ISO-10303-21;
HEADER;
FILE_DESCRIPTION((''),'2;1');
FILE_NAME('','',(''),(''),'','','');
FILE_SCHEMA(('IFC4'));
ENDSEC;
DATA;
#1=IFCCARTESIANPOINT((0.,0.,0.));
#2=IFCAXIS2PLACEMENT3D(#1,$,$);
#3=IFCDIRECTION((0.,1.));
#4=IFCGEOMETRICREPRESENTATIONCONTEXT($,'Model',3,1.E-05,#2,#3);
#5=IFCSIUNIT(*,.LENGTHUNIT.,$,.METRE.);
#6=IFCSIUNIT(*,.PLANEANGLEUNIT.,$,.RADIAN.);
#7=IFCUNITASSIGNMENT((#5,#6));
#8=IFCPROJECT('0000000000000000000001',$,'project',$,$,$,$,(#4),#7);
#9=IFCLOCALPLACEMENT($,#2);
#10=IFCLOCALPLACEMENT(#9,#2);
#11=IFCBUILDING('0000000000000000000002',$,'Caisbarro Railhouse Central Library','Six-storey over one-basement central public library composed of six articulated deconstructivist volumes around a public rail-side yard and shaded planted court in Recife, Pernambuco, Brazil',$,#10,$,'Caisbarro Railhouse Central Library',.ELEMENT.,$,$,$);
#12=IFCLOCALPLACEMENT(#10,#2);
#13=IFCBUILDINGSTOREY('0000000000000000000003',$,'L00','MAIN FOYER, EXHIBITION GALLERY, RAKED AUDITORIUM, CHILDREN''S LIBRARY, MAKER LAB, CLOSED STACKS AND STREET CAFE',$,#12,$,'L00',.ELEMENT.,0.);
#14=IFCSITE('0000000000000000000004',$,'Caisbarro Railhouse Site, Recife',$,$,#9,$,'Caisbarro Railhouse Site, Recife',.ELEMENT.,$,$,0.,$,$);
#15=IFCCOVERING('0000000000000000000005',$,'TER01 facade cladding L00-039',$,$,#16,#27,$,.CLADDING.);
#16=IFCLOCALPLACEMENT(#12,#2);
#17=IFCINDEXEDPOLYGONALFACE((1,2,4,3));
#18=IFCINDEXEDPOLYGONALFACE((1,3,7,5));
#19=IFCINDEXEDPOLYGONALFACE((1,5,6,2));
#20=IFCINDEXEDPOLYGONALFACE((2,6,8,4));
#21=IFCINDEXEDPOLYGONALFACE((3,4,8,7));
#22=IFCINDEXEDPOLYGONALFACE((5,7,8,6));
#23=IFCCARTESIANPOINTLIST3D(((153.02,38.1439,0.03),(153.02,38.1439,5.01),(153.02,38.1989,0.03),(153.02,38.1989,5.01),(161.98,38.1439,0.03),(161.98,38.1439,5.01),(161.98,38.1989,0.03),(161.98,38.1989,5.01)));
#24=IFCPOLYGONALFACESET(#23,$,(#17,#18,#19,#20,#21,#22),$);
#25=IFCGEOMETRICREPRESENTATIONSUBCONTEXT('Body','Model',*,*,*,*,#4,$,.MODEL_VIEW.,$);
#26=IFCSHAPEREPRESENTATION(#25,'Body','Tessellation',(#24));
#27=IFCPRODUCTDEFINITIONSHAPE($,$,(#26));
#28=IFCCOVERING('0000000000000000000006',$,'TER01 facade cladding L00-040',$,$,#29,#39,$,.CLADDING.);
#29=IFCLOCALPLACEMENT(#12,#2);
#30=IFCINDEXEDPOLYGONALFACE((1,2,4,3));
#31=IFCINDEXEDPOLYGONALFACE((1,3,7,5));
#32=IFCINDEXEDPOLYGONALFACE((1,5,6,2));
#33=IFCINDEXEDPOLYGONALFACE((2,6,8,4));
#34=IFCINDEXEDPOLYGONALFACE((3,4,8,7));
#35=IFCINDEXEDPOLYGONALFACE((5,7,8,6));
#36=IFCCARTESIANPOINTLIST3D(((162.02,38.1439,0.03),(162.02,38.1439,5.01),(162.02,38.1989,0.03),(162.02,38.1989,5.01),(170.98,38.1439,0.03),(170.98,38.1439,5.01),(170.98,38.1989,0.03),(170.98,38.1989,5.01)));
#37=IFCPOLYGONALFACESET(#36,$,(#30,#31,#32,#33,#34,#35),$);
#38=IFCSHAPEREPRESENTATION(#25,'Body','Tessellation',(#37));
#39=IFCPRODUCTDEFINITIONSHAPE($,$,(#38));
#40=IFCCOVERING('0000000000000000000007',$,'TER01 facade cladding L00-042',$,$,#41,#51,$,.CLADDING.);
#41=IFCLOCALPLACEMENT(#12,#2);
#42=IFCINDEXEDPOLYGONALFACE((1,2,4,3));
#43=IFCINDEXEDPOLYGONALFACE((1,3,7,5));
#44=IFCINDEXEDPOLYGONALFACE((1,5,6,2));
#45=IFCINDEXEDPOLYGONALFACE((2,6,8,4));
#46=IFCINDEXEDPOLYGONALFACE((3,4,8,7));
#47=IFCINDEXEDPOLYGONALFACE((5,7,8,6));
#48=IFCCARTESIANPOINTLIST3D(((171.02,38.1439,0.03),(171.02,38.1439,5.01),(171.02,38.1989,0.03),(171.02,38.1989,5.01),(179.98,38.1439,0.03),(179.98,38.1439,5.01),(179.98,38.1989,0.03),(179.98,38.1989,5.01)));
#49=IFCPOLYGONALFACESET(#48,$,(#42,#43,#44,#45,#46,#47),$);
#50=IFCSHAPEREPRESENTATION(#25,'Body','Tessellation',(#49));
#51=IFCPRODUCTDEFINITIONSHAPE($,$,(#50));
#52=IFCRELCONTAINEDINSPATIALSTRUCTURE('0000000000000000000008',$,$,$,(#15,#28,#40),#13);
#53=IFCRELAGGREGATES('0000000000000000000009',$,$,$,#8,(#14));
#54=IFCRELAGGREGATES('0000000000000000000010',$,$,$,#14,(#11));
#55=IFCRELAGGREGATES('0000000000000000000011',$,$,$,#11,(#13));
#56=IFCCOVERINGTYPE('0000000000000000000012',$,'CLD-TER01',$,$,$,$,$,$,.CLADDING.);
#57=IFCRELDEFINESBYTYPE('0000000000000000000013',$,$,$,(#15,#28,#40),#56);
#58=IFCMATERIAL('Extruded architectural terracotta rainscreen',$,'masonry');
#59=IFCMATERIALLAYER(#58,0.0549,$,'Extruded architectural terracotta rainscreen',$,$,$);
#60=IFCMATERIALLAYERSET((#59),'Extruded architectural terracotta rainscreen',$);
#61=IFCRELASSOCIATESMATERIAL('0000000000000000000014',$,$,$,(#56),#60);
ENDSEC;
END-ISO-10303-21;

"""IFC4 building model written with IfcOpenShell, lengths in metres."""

from ifc_helpers import new_model, si_unit, direction, frame, origin, origin_2d, place, context, subcontext, project, spatial, rectangle, extrude, material, layer, layer_set, type_object, element, save


model = new_model("IFC4")

# Units and contexts
model_context = context("Model", 3, precision=1e-05, world=origin(), true_north=direction((0.0, 1.0)))
body_context = subcontext(model_context, "Body", "Model", "MODEL_VIEW")
ifc_project = project(units=[si_unit("LENGTHUNIT", "METRE"), si_unit("PLANEANGLEUNIT", "RADIAN")], contexts=[model_context])

# Site, building, storey
site_placement = place(None, origin())
site = spatial("IfcSite", under=ifc_project, at=site_placement, Name="Caisbarro Railhouse Site, Recife", LongName="Caisbarro Railhouse Site, Recife", CompositionType="ELEMENT", RefElevation=0.0)
building_placement = place(site_placement, origin())
building = spatial("IfcBuilding", under=site, at=building_placement, Name="Caisbarro Railhouse Central Library", Description="Six-storey over one-basement central public library composed of six articulated deconstructivist volumes around a public rail-side yard and shaded planted court in Recife, Pernambuco, Brazil", LongName="Caisbarro Railhouse Central Library", CompositionType="ELEMENT")
storey_placement = place(building_placement, origin())
storey = spatial("IfcBuildingStorey", under=building, at=storey_placement, Name="L00", Description="MAIN FOYER, EXHIBITION GALLERY, RAKED AUDITORIUM, CHILDREN'S LIBRARY, MAKER LAB, CLOSED STACKS AND STREET CAFE", LongName="L00", CompositionType="ELEMENT", Elevation=0.0)

# Coverings
ifc_material_1 = material(Name="Extruded architectural terracotta rainscreen", Category="masonry")
ifc_layer_1 = layer(ifc_material_1, 0.0549, Name="Extruded architectural terracotta rainscreen")
ifc_layer_set_1 = layer_set([ifc_layer_1], Name="Extruded architectural terracotta rainscreen")
covering_type = type_object("IfcCoveringType", Name="CLD-TER01", PredefinedType="CLADDING", material=ifc_layer_set_1)
for number, where, z_axis, x_axis, name in (
    (1, (157.5, 38.1714, 0.03), (0.0, 0.0, 1.0), (1.0, 0.0, 0.0), "TER01 facade cladding L00-039"),
    (2, (166.5, 38.1714, 0.03), (0.0, 0.0, 1.0), (1.0, 0.0, 0.0), "TER01 facade cladding L00-040"),
    (3, (175.5, 38.1714, 0.03), (0.0, 0.0, 1.0), (1.0, 0.0, 0.0), "TER01 facade cladding L00-042"),
):
    element("IfcCovering", number, at=place(storey_placement, frame(where, z_axis=z_axis, x_axis=x_axis)), inside=storey, type_object=covering_type, Name=name, PredefinedType="CLADDING", context=body_context, shape_type="SweptSolid", body=[
        extrude(rectangle(XDim=8.96, YDim=0.0549, at=origin_2d()), origin(), (0.0, 0.0, 1.0), 4.98),
    ])

save(model, "model.ifc")
